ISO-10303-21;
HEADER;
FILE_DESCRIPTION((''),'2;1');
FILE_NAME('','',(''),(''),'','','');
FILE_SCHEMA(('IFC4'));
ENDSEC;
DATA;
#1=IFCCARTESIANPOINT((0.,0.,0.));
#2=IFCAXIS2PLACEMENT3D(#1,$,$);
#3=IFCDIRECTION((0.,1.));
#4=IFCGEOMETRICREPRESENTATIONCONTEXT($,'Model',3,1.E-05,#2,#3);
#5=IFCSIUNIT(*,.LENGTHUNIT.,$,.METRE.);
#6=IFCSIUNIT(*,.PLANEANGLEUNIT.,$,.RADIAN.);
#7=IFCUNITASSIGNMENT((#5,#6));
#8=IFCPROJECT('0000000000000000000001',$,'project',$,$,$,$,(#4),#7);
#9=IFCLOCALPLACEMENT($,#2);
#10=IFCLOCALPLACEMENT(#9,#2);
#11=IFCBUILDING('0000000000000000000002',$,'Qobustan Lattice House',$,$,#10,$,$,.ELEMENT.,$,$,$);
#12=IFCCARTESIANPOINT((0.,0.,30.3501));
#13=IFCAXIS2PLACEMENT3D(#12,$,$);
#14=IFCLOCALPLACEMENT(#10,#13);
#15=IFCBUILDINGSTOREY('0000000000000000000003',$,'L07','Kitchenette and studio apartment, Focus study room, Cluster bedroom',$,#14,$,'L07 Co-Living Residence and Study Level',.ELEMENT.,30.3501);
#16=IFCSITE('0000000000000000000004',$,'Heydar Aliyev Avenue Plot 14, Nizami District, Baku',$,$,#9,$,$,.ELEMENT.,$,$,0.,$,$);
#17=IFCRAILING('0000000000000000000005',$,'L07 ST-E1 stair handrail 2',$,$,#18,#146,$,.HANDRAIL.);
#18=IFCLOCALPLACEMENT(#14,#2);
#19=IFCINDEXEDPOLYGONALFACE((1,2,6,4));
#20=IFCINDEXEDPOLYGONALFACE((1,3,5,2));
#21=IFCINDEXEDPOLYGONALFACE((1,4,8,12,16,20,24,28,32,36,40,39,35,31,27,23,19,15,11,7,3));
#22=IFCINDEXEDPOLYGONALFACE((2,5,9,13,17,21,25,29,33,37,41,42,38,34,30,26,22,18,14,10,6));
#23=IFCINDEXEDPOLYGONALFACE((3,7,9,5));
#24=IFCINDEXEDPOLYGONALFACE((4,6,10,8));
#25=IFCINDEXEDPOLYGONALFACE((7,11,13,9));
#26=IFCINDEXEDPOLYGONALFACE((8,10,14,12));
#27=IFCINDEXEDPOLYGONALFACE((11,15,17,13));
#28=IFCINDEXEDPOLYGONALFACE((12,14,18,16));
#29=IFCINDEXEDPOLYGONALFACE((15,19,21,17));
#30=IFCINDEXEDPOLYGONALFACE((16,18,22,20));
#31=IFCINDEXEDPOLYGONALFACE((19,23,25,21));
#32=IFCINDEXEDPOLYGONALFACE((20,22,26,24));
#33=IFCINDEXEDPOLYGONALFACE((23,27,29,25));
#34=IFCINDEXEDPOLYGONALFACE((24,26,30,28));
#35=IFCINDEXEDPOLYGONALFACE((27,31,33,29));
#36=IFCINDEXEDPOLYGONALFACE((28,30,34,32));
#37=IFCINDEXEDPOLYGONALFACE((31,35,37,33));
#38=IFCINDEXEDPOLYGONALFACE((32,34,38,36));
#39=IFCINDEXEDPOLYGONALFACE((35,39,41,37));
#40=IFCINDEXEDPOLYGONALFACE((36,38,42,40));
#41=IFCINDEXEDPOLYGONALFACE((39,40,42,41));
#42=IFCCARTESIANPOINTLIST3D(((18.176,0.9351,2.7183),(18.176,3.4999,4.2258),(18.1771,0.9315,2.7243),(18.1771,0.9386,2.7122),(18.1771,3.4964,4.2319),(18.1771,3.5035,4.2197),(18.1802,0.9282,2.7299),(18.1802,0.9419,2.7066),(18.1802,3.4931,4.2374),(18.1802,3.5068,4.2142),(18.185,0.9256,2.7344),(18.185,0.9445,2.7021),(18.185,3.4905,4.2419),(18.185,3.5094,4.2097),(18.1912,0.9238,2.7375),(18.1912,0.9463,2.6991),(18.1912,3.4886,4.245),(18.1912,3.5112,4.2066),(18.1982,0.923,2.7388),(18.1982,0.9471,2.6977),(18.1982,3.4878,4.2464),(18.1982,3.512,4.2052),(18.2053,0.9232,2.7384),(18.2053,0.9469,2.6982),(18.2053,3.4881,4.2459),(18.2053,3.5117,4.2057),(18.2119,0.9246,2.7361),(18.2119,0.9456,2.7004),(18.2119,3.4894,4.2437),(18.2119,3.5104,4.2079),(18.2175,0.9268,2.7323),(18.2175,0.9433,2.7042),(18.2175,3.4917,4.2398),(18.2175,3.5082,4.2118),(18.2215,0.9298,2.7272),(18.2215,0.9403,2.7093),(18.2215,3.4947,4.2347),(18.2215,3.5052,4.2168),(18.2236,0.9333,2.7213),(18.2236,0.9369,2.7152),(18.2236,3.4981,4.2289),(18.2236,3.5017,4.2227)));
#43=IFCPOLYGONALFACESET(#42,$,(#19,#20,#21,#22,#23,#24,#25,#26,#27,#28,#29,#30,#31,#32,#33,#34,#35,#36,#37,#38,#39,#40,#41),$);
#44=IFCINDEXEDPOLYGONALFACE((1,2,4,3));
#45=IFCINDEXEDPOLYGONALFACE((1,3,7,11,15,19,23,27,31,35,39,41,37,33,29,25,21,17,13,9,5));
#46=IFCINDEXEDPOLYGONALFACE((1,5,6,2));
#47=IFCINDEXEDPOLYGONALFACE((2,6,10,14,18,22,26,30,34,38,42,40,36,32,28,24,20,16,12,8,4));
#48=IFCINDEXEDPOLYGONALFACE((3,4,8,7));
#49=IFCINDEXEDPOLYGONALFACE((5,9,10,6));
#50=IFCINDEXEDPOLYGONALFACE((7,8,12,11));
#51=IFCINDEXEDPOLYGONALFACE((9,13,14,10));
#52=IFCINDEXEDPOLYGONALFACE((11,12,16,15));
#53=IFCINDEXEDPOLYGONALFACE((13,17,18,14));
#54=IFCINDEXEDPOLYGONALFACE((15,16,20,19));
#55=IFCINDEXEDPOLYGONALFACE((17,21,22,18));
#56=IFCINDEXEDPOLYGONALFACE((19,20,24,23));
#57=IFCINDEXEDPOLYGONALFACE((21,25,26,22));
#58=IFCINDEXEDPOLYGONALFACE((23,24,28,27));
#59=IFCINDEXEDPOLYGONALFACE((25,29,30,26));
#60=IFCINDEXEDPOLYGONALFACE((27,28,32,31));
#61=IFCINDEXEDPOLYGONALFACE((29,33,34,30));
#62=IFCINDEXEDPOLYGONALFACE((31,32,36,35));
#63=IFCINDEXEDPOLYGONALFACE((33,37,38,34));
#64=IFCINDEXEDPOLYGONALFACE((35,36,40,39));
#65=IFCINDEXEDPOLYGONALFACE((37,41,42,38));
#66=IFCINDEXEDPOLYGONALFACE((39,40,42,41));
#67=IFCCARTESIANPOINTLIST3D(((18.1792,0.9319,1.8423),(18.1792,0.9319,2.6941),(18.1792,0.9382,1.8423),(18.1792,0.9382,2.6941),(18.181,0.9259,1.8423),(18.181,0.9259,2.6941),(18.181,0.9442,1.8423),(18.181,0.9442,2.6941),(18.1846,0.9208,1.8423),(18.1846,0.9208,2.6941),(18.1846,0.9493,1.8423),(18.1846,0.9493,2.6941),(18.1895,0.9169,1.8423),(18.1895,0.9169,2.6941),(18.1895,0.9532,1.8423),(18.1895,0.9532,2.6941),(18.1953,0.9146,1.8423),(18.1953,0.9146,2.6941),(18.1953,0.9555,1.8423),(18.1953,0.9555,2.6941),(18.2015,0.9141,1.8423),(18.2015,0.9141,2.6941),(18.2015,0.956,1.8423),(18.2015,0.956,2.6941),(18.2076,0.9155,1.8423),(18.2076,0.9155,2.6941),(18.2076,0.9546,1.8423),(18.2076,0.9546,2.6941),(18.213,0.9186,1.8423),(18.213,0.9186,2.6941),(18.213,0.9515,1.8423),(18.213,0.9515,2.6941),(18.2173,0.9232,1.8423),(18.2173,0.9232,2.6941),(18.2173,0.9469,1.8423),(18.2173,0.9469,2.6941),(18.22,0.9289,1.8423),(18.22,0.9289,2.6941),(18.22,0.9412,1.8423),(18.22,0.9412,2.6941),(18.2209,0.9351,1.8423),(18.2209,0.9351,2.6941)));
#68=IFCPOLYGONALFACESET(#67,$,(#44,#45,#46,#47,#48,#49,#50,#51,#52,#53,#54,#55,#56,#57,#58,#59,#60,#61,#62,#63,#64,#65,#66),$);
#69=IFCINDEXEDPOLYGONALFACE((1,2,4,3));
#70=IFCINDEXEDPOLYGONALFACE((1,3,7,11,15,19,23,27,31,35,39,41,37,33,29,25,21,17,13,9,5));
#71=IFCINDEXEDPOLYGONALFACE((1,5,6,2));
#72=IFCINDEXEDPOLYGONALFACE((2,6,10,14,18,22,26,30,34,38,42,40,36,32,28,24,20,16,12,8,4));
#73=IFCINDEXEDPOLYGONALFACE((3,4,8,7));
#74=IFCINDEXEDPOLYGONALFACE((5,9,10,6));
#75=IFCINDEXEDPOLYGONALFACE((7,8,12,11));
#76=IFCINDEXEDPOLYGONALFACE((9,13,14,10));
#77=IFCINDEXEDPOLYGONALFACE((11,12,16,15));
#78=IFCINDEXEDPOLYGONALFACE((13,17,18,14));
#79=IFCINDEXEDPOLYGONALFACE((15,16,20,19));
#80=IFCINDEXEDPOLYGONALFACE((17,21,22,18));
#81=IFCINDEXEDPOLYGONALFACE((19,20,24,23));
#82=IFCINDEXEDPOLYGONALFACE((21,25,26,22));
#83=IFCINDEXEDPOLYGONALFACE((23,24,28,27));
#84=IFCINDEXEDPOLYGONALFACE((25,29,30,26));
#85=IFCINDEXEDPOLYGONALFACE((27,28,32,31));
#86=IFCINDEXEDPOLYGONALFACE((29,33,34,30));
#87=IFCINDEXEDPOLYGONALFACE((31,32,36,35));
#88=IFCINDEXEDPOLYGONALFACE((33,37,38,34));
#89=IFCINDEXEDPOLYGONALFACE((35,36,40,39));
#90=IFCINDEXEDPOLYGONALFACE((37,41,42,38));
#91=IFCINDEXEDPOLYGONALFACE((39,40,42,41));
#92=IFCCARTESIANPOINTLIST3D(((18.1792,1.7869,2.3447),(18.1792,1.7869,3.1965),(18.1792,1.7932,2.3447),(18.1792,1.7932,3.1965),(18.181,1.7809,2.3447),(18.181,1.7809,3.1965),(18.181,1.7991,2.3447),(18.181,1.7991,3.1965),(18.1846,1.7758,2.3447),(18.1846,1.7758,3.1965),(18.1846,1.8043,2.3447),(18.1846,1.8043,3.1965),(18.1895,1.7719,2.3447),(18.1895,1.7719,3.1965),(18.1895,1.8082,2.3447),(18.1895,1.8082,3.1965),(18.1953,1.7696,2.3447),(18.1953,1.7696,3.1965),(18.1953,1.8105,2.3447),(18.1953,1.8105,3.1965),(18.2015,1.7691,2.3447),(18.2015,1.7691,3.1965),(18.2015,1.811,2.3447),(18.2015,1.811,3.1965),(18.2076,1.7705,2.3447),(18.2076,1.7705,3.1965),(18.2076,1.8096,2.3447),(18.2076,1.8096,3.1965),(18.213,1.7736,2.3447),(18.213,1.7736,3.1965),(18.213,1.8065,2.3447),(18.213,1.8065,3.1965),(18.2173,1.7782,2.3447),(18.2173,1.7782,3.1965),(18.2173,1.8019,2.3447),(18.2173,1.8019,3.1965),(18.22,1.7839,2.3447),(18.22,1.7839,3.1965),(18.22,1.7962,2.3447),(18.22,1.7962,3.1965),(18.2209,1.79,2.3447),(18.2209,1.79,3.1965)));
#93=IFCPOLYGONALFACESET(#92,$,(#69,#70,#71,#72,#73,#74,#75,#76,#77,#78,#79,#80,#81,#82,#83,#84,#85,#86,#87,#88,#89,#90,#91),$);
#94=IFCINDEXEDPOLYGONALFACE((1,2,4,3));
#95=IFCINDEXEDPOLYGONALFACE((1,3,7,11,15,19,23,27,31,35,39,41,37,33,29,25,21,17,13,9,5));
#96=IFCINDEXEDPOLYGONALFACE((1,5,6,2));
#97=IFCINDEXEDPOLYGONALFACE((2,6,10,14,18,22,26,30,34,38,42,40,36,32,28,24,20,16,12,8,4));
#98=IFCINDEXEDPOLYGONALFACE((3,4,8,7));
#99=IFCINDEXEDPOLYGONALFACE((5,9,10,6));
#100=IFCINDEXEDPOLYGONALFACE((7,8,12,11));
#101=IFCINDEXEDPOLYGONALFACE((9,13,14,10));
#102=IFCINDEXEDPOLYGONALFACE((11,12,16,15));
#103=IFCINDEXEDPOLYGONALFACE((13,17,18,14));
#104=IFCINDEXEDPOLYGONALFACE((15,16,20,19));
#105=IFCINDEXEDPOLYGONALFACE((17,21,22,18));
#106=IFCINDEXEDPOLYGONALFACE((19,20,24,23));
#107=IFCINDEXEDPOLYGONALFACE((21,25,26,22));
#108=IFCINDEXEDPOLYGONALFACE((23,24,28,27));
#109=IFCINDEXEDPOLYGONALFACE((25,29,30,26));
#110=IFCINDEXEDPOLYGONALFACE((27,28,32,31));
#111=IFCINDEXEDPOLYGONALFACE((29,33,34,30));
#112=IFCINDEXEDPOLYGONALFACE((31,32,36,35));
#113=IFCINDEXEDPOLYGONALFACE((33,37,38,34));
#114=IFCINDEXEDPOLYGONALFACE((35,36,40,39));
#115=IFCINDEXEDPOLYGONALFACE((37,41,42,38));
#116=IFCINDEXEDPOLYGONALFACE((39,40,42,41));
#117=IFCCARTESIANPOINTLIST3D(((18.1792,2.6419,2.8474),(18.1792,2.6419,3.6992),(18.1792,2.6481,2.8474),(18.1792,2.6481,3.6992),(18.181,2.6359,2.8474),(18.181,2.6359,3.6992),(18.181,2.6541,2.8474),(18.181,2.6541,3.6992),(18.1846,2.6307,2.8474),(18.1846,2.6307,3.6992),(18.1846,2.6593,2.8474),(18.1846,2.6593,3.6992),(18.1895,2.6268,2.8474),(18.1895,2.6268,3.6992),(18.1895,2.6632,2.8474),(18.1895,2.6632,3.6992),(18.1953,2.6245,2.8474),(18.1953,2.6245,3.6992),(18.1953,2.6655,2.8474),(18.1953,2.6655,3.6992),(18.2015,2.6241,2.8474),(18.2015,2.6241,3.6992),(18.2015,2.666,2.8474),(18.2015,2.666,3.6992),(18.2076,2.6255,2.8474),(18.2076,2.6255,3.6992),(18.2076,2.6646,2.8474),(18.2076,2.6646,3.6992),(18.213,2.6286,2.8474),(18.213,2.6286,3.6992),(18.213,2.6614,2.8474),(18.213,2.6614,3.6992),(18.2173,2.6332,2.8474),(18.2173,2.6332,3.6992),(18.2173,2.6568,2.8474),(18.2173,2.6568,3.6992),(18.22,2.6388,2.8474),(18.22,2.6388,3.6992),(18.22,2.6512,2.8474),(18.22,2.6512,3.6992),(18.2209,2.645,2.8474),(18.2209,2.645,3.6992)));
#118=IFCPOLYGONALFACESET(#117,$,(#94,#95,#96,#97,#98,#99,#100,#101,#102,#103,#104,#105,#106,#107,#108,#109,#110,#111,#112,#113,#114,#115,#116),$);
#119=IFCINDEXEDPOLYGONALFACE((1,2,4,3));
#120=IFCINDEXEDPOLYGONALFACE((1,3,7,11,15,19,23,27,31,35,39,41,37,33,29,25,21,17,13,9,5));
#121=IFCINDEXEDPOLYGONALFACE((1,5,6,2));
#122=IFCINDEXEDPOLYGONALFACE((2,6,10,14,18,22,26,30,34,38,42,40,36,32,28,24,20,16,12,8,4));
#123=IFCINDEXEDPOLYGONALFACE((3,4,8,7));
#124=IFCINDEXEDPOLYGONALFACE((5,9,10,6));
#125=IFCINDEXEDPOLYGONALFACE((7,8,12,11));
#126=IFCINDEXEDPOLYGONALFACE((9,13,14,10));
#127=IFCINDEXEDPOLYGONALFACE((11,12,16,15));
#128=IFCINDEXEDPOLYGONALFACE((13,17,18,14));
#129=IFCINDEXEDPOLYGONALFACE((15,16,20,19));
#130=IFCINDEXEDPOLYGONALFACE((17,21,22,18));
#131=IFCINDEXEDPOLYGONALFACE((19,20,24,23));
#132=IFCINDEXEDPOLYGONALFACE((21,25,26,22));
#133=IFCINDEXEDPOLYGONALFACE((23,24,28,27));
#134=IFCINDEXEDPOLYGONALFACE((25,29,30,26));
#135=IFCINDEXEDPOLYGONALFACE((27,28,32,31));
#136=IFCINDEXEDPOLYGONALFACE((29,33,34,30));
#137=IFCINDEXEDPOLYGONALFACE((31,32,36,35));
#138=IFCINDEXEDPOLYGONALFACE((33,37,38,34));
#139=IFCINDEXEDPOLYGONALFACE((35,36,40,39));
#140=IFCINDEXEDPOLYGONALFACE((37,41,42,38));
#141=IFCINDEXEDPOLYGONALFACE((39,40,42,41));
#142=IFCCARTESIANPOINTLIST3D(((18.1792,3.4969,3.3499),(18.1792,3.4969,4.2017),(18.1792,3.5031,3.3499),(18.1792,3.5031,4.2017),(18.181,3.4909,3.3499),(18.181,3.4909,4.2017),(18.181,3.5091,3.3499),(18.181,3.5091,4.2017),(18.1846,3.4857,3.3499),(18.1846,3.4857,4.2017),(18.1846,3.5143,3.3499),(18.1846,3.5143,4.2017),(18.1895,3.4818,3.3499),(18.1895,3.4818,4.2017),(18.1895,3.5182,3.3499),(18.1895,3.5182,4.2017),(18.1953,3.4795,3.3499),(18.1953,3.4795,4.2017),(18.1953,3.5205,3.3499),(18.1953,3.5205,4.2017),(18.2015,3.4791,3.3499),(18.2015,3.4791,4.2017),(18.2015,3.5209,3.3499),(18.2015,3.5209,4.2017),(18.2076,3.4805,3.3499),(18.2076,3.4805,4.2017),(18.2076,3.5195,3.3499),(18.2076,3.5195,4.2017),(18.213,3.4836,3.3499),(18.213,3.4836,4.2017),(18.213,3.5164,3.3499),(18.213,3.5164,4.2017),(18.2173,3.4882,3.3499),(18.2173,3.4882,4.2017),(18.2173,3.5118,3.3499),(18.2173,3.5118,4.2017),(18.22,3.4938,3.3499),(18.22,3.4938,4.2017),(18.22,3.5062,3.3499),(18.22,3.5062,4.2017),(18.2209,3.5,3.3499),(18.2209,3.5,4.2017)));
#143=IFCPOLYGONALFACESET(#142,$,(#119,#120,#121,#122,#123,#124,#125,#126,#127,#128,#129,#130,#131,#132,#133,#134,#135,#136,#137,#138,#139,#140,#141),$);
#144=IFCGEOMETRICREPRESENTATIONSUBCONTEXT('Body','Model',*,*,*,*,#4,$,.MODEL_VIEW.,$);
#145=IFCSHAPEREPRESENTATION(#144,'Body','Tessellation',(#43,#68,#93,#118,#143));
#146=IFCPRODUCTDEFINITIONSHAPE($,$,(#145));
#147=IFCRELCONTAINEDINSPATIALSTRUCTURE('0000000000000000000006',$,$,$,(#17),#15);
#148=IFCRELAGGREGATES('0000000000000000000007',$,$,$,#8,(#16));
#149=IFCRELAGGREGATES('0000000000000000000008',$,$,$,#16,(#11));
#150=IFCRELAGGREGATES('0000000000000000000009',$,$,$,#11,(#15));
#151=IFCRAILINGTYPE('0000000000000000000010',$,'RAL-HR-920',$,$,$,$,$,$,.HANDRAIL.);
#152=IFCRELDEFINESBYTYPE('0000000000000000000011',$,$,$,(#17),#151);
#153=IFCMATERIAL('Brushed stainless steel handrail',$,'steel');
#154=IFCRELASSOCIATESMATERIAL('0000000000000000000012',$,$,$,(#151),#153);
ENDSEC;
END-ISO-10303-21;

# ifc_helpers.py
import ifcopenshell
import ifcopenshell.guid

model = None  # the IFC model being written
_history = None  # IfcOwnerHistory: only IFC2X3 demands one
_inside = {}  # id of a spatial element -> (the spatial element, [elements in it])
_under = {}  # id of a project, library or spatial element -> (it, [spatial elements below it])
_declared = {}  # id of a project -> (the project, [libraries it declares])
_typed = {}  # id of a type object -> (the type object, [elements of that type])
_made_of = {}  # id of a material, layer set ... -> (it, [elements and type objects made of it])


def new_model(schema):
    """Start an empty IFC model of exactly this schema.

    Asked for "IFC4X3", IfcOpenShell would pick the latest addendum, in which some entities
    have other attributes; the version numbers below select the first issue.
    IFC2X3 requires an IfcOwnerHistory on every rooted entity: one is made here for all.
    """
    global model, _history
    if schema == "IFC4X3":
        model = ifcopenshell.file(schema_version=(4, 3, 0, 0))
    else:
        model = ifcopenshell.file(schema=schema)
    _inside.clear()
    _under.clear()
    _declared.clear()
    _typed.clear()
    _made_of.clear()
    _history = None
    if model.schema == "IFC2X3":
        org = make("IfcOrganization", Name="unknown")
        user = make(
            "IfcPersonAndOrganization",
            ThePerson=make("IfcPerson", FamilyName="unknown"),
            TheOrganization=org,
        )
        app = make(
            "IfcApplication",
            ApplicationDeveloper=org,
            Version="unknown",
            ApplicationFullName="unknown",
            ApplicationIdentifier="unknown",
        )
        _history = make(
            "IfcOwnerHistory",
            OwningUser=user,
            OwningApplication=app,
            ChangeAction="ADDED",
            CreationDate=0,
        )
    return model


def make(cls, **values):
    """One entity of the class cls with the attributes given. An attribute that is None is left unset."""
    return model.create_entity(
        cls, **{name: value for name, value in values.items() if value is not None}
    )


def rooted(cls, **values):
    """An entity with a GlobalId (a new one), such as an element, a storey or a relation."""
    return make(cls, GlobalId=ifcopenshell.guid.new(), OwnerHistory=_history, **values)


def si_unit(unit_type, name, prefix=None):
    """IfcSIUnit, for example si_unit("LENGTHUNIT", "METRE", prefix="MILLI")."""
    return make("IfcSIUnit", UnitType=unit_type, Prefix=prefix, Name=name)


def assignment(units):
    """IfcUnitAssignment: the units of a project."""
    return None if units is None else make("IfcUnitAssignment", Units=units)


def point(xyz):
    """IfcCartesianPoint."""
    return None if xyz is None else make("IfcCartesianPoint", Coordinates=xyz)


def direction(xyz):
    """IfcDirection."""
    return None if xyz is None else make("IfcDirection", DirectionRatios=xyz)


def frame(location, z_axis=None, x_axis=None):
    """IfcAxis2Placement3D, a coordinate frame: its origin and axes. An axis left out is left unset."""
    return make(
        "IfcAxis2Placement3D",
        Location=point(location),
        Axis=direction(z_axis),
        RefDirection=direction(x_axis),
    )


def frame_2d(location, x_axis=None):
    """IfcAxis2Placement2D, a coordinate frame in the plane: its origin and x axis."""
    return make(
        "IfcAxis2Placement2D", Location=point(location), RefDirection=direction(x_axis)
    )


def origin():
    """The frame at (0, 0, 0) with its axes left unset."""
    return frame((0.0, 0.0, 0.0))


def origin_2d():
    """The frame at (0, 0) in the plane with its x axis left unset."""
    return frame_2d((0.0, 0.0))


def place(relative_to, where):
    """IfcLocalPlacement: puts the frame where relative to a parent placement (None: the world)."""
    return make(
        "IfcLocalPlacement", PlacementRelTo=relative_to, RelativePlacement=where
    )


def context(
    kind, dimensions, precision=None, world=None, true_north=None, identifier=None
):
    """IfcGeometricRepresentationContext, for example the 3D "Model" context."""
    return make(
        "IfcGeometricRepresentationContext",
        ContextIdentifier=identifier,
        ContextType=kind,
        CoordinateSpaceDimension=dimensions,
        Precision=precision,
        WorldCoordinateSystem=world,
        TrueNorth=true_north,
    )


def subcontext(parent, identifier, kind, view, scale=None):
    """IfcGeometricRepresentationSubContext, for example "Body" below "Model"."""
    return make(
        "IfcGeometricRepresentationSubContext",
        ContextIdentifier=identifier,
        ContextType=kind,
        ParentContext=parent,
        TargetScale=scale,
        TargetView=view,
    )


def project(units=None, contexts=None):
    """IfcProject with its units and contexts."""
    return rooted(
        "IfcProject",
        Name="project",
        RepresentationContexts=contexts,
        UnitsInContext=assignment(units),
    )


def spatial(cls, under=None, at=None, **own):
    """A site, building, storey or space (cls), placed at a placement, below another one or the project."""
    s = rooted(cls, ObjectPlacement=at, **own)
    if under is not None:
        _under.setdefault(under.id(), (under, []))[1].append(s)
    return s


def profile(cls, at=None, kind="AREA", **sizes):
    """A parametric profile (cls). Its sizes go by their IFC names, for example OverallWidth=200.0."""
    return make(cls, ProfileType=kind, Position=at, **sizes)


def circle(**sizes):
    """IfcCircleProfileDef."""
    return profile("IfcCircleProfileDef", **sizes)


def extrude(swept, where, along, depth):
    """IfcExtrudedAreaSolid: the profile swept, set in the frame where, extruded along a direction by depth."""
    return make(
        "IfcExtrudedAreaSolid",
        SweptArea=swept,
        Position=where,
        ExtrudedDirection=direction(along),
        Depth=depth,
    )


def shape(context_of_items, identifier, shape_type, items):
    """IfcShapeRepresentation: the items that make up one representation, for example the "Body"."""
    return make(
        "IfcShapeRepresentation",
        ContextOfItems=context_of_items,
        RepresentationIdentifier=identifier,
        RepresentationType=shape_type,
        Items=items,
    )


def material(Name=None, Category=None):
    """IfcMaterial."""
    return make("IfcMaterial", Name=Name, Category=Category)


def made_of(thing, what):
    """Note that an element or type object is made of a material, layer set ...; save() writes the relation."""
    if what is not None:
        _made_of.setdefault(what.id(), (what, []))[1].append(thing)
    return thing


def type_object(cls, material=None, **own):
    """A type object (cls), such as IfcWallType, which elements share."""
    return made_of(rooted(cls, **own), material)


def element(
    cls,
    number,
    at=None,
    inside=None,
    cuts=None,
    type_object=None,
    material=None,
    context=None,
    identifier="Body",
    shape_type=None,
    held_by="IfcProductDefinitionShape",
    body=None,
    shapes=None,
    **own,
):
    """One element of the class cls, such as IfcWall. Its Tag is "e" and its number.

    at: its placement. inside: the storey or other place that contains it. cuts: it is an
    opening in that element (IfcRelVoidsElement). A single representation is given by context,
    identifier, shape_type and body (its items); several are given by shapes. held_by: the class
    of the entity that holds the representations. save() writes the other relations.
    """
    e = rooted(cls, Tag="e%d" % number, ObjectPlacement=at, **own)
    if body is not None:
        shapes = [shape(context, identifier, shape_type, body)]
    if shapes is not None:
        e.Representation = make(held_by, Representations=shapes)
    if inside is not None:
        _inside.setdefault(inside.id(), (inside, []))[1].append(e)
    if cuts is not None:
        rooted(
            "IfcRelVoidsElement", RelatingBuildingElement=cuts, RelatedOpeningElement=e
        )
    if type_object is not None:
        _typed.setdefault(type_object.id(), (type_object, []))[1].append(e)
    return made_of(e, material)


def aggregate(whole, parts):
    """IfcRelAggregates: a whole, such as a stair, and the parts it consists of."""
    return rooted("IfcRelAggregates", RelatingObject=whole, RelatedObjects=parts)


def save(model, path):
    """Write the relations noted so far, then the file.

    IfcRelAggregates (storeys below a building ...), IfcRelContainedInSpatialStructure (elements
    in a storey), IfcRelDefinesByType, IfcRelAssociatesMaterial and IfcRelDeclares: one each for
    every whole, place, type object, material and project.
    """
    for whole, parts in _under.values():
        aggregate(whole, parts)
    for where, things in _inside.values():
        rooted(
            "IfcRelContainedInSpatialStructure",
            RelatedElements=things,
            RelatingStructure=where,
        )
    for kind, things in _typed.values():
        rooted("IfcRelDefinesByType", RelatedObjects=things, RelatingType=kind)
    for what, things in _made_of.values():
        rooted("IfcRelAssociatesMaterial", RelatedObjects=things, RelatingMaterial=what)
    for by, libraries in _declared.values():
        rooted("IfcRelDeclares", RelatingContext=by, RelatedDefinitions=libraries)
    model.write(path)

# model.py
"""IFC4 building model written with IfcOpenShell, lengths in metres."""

from ifc_helpers import new_model, si_unit, direction, frame, origin, origin_2d, place, context, subcontext, project, spatial, circle, extrude, material, type_object, element, save


model = new_model("IFC4")

# Units and contexts
model_context = context("Model", 3, precision=1e-05, world=origin(), true_north=direction((0.0, 1.0)))
body_context = subcontext(model_context, "Body", "Model", "MODEL_VIEW")
ifc_project = project(units=[si_unit("LENGTHUNIT", "METRE"), si_unit("PLANEANGLEUNIT", "RADIAN")], contexts=[model_context])

# Site, building, storey
site_placement = place(None, origin())
site = spatial("IfcSite", under=ifc_project, at=site_placement, Name="Heydar Aliyev Avenue Plot 14, Nizami District, Baku", CompositionType="ELEMENT", RefElevation=0.0)
building_placement = place(site_placement, origin())
building = spatial("IfcBuilding", under=site, at=building_placement, Name="Qobustan Lattice House", CompositionType="ELEMENT")
storey_placement = place(building_placement, frame((0.0, 0.0, 30.3501)))
storey = spatial("IfcBuildingStorey", under=building, at=storey_placement, Name="L07", Description="Kitchenette and studio apartment, Focus study room, Cluster bedroom", LongName="L07 Co-Living Residence and Study Level", CompositionType="ELEMENT", Elevation=30.3501)

# Railing
ifc_material_1 = material(Name="Brushed stainless steel handrail", Category="steel")
railing_type = type_object("IfcRailingType", Name="RAL-HR-920", PredefinedType="HANDRAIL", material=ifc_material_1)
railing_placement = place(storey_placement, frame((18.2, 0.9351, 1.8423)))
element("IfcRailing", 1, at=railing_placement, inside=storey, type_object=railing_type, Name="L07 ST-E1 stair handrail 2", PredefinedType="HANDRAIL", context=body_context, shape_type="SweptSolid", body=[
    extrude(circle(Radius=0.0239, at=origin_2d()), frame((0.0, 0.0, 0.876), z_axis=(0.0, 0.862113, 0.506715), x_axis=(-1.0, 0.0, 0.0)), (0.0, 0.0, 1.0), 2.9751),
    extrude(circle(Radius=0.021, at=origin_2d()), origin(), (0.0, 0.0, 1.0), 0.8518),
    extrude(circle(Radius=0.021, at=origin_2d()), frame((0.0, 0.855, 0.5024)), (0.0, 0.0, 1.0), 0.8518),
    extrude(circle(Radius=0.021, at=origin_2d()), frame((0.0, 1.71, 1.0051)), (0.0, 0.0, 1.0), 0.8518),
    extrude(circle(Radius=0.021, at=origin_2d()), frame((0.0, 2.5649, 1.5076)), (0.0, 0.0, 1.0), 0.8518),
])

save(model, "model.ifc")
